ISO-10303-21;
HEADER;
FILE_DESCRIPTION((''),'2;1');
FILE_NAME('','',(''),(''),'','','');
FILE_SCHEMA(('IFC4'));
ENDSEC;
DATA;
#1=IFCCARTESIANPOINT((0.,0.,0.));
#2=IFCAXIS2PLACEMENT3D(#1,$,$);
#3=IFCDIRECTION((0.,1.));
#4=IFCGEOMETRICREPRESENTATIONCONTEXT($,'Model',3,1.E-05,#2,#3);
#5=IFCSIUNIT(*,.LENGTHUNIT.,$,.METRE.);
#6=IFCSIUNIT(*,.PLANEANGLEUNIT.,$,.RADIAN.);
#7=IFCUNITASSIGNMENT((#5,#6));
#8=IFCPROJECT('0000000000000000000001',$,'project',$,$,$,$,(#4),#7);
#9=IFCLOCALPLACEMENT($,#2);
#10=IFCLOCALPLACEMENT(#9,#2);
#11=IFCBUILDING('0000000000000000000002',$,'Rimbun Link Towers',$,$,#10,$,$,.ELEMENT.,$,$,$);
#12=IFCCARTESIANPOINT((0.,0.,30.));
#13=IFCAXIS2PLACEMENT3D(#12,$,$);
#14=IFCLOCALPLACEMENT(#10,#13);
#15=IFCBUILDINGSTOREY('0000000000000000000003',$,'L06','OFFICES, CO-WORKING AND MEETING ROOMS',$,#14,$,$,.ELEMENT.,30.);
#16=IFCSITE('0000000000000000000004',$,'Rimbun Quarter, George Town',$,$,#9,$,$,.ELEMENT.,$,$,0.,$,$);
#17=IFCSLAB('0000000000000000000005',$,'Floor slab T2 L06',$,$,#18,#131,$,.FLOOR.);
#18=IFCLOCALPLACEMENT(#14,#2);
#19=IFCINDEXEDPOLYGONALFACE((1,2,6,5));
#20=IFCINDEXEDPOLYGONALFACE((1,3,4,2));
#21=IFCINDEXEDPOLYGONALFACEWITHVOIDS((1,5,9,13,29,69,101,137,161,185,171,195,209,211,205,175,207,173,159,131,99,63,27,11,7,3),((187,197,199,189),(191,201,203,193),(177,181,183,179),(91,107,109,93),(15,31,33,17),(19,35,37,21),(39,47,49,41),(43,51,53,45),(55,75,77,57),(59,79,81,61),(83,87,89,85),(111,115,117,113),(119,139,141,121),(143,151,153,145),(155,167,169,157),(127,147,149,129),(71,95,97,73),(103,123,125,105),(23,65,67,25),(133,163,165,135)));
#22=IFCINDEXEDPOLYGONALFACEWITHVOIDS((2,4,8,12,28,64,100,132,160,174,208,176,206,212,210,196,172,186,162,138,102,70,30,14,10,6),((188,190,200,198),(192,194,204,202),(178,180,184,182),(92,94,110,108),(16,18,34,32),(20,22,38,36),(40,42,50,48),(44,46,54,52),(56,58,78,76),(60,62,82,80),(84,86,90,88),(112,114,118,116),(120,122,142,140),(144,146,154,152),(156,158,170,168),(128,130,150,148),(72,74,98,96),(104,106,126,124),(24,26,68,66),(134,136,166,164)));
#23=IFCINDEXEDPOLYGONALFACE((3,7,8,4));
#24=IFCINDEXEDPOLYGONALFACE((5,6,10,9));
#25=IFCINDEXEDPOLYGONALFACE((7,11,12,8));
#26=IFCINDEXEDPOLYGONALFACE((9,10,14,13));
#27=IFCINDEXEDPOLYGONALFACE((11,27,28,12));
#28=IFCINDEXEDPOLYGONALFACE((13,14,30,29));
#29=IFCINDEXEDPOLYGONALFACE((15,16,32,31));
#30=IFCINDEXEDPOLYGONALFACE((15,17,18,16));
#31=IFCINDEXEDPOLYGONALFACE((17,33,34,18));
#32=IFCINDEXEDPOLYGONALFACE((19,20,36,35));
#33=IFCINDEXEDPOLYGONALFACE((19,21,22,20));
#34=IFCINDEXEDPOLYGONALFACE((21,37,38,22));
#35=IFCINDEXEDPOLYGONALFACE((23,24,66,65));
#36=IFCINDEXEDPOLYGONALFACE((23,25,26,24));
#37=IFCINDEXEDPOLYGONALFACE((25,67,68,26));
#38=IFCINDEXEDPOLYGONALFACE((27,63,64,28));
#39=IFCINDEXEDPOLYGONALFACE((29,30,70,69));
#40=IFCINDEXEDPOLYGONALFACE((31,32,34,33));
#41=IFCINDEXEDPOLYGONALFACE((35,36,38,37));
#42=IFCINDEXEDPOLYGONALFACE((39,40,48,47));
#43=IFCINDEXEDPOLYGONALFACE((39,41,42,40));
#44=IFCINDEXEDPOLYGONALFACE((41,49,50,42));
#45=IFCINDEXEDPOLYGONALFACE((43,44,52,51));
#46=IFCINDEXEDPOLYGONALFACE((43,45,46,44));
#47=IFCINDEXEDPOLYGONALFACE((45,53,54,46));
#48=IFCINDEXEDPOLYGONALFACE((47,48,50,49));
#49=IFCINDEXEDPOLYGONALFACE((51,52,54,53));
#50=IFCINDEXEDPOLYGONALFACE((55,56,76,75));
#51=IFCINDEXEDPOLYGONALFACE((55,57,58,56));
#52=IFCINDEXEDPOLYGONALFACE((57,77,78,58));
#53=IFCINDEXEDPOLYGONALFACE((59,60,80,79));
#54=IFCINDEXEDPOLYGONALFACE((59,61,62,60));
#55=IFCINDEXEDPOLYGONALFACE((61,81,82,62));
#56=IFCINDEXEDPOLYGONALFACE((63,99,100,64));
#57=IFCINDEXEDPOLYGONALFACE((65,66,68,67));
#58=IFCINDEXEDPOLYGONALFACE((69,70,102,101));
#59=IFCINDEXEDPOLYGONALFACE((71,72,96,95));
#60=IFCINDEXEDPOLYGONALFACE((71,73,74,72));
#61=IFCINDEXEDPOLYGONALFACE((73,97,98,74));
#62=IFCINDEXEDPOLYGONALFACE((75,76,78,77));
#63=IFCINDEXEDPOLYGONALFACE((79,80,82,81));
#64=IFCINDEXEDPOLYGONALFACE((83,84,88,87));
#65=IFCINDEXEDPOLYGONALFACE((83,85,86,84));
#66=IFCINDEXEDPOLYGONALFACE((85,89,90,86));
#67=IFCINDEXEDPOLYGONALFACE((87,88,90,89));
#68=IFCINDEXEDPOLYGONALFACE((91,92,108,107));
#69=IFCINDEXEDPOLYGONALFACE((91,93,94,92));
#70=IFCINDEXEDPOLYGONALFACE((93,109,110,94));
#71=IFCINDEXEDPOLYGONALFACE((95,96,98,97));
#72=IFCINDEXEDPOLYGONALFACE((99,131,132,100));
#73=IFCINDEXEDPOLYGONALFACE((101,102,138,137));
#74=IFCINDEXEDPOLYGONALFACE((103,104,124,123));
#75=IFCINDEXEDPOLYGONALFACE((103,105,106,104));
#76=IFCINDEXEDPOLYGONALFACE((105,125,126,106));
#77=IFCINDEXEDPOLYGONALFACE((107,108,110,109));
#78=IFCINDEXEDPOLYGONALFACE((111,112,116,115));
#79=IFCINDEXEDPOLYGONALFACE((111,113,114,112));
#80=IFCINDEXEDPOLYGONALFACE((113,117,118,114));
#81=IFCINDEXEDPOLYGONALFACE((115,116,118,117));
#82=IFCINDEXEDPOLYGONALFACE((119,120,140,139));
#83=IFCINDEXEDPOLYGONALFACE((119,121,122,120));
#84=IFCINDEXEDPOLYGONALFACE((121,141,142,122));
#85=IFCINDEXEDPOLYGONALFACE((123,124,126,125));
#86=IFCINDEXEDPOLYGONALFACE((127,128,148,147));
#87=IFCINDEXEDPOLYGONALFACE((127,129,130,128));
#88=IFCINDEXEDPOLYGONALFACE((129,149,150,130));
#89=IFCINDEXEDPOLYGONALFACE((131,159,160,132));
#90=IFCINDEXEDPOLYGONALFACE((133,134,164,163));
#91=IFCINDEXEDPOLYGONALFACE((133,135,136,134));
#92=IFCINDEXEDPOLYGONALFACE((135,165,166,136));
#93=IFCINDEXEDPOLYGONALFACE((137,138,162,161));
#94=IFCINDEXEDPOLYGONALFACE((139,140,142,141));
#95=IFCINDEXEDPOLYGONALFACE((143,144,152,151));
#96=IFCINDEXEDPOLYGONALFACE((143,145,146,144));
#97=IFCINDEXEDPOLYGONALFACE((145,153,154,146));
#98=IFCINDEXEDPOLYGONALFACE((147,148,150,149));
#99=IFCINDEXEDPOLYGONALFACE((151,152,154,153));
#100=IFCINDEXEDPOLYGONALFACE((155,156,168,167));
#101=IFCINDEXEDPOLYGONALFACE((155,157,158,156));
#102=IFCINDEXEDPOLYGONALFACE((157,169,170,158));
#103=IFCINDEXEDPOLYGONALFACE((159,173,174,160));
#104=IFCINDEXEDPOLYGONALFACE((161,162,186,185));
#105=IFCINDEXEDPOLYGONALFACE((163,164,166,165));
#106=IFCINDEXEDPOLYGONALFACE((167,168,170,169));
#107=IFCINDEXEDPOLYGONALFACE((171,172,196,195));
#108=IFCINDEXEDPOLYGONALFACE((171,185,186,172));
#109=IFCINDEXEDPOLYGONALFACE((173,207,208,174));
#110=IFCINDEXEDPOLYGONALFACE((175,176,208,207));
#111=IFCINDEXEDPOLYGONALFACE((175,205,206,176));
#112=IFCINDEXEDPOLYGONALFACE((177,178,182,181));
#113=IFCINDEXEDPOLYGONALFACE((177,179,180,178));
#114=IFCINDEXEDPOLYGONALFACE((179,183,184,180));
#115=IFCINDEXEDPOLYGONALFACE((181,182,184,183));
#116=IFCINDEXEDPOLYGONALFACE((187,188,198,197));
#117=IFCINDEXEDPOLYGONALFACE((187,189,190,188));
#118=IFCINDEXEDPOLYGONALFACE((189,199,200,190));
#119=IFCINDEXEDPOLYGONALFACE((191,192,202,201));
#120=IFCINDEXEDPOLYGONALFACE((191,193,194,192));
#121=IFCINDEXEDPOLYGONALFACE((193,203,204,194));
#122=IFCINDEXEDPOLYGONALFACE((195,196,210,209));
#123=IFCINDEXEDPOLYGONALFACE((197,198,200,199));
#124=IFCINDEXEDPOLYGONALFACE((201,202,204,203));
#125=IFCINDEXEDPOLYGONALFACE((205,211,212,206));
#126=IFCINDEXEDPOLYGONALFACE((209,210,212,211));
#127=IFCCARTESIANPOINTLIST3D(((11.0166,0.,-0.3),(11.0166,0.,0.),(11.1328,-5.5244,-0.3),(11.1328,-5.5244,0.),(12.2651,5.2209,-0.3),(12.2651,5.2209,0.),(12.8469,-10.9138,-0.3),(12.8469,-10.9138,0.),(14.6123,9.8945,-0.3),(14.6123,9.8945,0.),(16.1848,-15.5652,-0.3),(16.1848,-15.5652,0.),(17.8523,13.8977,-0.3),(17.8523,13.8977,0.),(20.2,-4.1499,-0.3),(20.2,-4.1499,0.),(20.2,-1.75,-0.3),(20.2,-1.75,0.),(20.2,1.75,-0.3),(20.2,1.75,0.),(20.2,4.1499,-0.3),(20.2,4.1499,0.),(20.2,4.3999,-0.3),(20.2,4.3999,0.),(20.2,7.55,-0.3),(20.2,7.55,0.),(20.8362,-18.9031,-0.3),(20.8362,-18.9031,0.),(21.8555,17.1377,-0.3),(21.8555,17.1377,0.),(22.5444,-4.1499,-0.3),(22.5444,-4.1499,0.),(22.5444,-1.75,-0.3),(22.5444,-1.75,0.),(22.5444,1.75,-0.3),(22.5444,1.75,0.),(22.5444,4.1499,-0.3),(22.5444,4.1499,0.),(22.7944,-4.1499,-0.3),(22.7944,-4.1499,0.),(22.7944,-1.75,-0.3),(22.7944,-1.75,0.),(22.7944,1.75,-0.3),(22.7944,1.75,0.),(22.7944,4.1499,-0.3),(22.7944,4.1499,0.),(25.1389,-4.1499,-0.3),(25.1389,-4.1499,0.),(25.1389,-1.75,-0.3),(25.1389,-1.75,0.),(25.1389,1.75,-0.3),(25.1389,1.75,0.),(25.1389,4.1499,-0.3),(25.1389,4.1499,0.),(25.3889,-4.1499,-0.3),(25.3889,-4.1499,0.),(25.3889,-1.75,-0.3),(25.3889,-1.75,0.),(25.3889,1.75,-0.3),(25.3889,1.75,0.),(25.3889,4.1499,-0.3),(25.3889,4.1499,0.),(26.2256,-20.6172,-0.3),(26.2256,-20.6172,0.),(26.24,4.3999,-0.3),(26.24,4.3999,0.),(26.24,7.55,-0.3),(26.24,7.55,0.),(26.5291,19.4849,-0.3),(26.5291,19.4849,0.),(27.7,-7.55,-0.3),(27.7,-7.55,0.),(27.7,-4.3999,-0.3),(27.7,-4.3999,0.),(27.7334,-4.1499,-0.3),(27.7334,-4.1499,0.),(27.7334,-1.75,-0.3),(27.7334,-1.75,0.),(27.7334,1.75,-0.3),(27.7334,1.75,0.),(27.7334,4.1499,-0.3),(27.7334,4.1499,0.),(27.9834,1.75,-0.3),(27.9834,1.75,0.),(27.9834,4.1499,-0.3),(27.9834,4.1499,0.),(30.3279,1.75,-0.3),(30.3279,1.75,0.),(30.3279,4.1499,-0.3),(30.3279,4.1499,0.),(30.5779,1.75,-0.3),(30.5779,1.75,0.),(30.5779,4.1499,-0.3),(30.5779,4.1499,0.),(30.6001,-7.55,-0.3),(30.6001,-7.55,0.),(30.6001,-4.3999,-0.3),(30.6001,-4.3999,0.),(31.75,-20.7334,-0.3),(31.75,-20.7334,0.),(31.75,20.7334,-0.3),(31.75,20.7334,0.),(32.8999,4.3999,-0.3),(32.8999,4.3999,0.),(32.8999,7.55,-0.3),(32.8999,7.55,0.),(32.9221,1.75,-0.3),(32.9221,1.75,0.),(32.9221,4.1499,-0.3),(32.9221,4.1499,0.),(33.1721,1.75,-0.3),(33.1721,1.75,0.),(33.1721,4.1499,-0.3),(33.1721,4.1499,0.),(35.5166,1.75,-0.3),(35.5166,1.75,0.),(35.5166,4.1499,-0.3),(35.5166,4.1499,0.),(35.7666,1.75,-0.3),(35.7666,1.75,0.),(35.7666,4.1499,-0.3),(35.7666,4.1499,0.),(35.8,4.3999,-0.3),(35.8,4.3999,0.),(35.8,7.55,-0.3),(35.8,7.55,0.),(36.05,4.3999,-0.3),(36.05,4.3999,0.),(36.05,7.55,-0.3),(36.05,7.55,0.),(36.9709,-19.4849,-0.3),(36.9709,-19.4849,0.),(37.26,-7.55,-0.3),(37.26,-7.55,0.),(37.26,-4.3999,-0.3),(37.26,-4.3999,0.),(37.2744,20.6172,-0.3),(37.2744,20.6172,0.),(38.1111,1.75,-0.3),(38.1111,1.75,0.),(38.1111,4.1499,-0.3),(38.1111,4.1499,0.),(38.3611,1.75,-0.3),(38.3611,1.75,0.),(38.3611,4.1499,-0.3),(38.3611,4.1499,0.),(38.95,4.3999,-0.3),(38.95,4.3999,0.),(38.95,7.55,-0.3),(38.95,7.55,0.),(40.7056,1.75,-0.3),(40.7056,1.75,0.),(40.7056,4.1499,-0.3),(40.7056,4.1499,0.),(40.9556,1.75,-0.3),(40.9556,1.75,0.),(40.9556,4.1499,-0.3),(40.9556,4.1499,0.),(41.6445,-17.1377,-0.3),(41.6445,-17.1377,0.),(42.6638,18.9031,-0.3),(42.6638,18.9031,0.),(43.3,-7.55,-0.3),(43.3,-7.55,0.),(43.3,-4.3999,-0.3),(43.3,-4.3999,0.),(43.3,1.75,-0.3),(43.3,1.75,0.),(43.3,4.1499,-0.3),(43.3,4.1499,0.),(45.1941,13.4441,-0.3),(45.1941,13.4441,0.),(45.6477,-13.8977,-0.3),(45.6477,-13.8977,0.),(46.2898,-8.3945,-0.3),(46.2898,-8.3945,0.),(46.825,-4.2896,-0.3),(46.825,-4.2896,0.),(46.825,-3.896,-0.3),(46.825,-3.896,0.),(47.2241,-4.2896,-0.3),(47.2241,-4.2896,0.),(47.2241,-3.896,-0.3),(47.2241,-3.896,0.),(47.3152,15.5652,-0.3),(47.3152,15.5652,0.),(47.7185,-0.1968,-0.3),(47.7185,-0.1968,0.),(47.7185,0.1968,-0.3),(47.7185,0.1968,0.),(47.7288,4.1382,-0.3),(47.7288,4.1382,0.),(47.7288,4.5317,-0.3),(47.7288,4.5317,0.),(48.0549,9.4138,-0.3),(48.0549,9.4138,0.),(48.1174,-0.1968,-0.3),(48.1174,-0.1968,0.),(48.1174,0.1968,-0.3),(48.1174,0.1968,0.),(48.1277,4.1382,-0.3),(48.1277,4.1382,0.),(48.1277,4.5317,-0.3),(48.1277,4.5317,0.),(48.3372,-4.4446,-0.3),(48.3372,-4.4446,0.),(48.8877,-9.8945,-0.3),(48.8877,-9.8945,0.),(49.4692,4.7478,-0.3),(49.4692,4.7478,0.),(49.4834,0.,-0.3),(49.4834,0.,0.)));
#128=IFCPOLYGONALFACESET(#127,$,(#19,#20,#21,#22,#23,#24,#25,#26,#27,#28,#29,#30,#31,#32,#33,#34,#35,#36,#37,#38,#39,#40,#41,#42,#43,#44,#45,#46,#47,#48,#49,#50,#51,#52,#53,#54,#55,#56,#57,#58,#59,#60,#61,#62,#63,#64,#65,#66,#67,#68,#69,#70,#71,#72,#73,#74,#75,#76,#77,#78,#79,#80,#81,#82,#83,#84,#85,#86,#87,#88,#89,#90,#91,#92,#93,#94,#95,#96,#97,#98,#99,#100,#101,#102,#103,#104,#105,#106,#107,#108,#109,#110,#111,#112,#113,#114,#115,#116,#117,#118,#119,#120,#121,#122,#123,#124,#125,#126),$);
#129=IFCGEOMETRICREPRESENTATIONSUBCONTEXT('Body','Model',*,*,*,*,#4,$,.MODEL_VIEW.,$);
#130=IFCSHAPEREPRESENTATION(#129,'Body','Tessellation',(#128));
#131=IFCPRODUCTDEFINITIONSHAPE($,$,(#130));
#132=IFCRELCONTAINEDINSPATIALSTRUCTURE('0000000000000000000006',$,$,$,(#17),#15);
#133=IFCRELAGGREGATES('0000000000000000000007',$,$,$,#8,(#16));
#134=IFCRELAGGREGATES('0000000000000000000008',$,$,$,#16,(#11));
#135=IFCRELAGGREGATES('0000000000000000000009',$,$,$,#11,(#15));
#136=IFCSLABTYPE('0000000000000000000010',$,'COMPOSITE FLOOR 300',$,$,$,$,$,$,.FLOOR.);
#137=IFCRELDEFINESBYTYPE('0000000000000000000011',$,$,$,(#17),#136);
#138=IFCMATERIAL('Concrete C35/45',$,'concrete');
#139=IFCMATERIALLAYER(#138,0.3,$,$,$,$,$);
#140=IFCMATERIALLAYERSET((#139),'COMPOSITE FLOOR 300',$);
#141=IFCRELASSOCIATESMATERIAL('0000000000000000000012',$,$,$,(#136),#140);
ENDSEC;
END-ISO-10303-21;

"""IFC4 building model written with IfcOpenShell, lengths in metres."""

from ifc_helpers import new_model, si_unit, direction, frame, origin, place, context, subcontext, project, spatial, polyline, outline, extrude, material, layer, layer_set, type_object, element, save


model = new_model("IFC4")

# Units and contexts
model_context = context("Model", 3, precision=1e-05, world=origin(), true_north=direction((0.0, 1.0)))
body_context = subcontext(model_context, "Body", "Model", "MODEL_VIEW")
ifc_project = project(units=[si_unit("LENGTHUNIT", "METRE"), si_unit("PLANEANGLEUNIT", "RADIAN")], contexts=[model_context])

# Site, building, storey
site_placement = place(None, origin())
site = spatial("IfcSite", under=ifc_project, at=site_placement, Name="Rimbun Quarter, George Town", CompositionType="ELEMENT", RefElevation=0.0)
building_placement = place(site_placement, origin())
building = spatial("IfcBuilding", under=site, at=building_placement, Name="Rimbun Link Towers", CompositionType="ELEMENT")
storey_placement = place(building_placement, frame((0.0, 0.0, 30.0)))
storey = spatial("IfcBuildingStorey", under=building, at=storey_placement, Name="L06", Description="OFFICES, CO-WORKING AND MEETING ROOMS", CompositionType="ELEMENT", Elevation=30.0)

# Slab
ifc_material_1 = material(Name="Concrete C35/45", Category="concrete")
ifc_layer_1 = layer(ifc_material_1, 0.3)
ifc_layer_set_1 = layer_set([ifc_layer_1], Name="COMPOSITE FLOOR 300")
slab_type_1 = type_object("IfcSlabType", Name="COMPOSITE FLOOR 300", PredefinedType="FLOOR", material=ifc_layer_set_1)
slab_1_placement = place(storey_placement, frame((0.0, 0.0, -0.3)))
element("IfcSlab", 1, at=slab_1_placement, inside=storey, type_object=slab_type_1, Name="Floor slab T2 L06", PredefinedType="FLOOR", context=body_context, shape_type="SweptSolid", body=[
    extrude(outline(polyline([(45.6477, -13.8977), (41.6445, -17.1377), (36.9709, -19.4849), (31.75, -20.7334), (26.2256, -20.6172), (20.8362, -18.9031), (16.1848, -15.5652), (12.8469, -10.9138), (11.1328, -5.5244), (11.0166, 0.0), (12.2651, 5.2209), (14.6123, 9.8945), (17.8523, 13.8977), (21.8555, 17.1377), (26.5291, 19.4849), (31.75, 20.7334), (37.2744, 20.6172), (42.6638, 18.9031), (47.3152, 15.5652), (45.1941, 13.4441), (48.0549, 9.4138), (49.4692, 4.7478), (49.4834, 0.0), (48.3372, -4.4446), (46.2898, -8.3945), (48.8877, -9.8945), (45.6477, -13.8977)]), holes=[polyline([(30.6001, -7.55), (30.6001, -4.3999), (27.7, -4.3999), (27.7, -7.55), (30.6001, -7.55)]), polyline([(22.5444, -4.1499), (22.5444, -1.75), (20.2, -1.75), (20.2, -4.1499), (22.5444, -4.1499)]), polyline([(25.1389, -4.1499), (25.1389, -1.75), (22.7944, -1.75), (22.7944, -4.1499), (25.1389, -4.1499)]), polyline([(25.3889, -4.1499), (27.7334, -4.1499), (27.7334, -1.75), (25.3889, -1.75), (25.3889, -4.1499)]), polyline([(20.2, 1.75), (22.5444, 1.75), (22.5444, 4.1499), (20.2, 4.1499), (20.2, 1.75)]), polyline([(25.1389, 1.75), (25.1389, 4.1499), (22.7944, 4.1499), (22.7944, 1.75), (25.1389, 1.75)]), polyline([(27.7334, 1.75), (27.7334, 4.1499), (25.3889, 4.1499), (25.3889, 1.75), (27.7334, 1.75)]), polyline([(30.3279, 1.75), (30.3279, 4.1499), (27.9834, 4.1499), (27.9834, 1.75), (30.3279, 1.75)]), polyline([(30.5779, 1.75), (32.9221, 1.75), (32.9221, 4.1499), (30.5779, 4.1499), (30.5779, 1.75)]), polyline([(20.2, 4.3999), (26.24, 4.3999), (26.24, 7.55), (20.2, 7.55), (20.2, 4.3999)]), polyline([(43.3, -7.55), (43.3, -4.3999), (37.26, -4.3999), (37.26, -7.55), (43.3, -7.55)]), polyline([(47.2241, -4.2896), (47.2241, -3.896), (46.825, -3.896), (46.825, -4.2896), (47.2241, -4.2896)]), polyline([(48.1174, -0.1968), (48.1174, 0.1968), (47.7185, 0.1968), (47.7185, -0.1968), (48.1174, -0.1968)]), polyline([(33.1721, 1.75), (35.5166, 1.75), (35.5166, 4.1499), (33.1721, 4.1499), (33.1721, 1.75)]), polyline([(35.7666, 1.75), (38.1111, 1.75), (38.1111, 4.1499), (35.7666, 4.1499), (35.7666, 1.75)]), polyline([(40.7056, 1.75), (40.7056, 4.1499), (38.3611, 4.1499), (38.3611, 1.75), (40.7056, 1.75)]), polyline([(43.3, 1.75), (43.3, 4.1499), (40.9556, 4.1499), (40.9556, 1.75), (43.3, 1.75)]), polyline([(48.1277, 4.1382), (48.1277, 4.5317), (47.7288, 4.5317), (47.7288, 4.1382), (48.1277, 4.1382)]), polyline([(32.8999, 4.3999), (35.8, 4.3999), (35.8, 7.55), (32.8999, 7.55), (32.8999, 4.3999)]), polyline([(36.05, 4.3999), (38.95, 4.3999), (38.95, 7.55), (36.05, 7.55), (36.05, 4.3999)])]), origin(), (0.0, 0.0, 1.0), 0.3),
])

save(model, "model.ifc")
